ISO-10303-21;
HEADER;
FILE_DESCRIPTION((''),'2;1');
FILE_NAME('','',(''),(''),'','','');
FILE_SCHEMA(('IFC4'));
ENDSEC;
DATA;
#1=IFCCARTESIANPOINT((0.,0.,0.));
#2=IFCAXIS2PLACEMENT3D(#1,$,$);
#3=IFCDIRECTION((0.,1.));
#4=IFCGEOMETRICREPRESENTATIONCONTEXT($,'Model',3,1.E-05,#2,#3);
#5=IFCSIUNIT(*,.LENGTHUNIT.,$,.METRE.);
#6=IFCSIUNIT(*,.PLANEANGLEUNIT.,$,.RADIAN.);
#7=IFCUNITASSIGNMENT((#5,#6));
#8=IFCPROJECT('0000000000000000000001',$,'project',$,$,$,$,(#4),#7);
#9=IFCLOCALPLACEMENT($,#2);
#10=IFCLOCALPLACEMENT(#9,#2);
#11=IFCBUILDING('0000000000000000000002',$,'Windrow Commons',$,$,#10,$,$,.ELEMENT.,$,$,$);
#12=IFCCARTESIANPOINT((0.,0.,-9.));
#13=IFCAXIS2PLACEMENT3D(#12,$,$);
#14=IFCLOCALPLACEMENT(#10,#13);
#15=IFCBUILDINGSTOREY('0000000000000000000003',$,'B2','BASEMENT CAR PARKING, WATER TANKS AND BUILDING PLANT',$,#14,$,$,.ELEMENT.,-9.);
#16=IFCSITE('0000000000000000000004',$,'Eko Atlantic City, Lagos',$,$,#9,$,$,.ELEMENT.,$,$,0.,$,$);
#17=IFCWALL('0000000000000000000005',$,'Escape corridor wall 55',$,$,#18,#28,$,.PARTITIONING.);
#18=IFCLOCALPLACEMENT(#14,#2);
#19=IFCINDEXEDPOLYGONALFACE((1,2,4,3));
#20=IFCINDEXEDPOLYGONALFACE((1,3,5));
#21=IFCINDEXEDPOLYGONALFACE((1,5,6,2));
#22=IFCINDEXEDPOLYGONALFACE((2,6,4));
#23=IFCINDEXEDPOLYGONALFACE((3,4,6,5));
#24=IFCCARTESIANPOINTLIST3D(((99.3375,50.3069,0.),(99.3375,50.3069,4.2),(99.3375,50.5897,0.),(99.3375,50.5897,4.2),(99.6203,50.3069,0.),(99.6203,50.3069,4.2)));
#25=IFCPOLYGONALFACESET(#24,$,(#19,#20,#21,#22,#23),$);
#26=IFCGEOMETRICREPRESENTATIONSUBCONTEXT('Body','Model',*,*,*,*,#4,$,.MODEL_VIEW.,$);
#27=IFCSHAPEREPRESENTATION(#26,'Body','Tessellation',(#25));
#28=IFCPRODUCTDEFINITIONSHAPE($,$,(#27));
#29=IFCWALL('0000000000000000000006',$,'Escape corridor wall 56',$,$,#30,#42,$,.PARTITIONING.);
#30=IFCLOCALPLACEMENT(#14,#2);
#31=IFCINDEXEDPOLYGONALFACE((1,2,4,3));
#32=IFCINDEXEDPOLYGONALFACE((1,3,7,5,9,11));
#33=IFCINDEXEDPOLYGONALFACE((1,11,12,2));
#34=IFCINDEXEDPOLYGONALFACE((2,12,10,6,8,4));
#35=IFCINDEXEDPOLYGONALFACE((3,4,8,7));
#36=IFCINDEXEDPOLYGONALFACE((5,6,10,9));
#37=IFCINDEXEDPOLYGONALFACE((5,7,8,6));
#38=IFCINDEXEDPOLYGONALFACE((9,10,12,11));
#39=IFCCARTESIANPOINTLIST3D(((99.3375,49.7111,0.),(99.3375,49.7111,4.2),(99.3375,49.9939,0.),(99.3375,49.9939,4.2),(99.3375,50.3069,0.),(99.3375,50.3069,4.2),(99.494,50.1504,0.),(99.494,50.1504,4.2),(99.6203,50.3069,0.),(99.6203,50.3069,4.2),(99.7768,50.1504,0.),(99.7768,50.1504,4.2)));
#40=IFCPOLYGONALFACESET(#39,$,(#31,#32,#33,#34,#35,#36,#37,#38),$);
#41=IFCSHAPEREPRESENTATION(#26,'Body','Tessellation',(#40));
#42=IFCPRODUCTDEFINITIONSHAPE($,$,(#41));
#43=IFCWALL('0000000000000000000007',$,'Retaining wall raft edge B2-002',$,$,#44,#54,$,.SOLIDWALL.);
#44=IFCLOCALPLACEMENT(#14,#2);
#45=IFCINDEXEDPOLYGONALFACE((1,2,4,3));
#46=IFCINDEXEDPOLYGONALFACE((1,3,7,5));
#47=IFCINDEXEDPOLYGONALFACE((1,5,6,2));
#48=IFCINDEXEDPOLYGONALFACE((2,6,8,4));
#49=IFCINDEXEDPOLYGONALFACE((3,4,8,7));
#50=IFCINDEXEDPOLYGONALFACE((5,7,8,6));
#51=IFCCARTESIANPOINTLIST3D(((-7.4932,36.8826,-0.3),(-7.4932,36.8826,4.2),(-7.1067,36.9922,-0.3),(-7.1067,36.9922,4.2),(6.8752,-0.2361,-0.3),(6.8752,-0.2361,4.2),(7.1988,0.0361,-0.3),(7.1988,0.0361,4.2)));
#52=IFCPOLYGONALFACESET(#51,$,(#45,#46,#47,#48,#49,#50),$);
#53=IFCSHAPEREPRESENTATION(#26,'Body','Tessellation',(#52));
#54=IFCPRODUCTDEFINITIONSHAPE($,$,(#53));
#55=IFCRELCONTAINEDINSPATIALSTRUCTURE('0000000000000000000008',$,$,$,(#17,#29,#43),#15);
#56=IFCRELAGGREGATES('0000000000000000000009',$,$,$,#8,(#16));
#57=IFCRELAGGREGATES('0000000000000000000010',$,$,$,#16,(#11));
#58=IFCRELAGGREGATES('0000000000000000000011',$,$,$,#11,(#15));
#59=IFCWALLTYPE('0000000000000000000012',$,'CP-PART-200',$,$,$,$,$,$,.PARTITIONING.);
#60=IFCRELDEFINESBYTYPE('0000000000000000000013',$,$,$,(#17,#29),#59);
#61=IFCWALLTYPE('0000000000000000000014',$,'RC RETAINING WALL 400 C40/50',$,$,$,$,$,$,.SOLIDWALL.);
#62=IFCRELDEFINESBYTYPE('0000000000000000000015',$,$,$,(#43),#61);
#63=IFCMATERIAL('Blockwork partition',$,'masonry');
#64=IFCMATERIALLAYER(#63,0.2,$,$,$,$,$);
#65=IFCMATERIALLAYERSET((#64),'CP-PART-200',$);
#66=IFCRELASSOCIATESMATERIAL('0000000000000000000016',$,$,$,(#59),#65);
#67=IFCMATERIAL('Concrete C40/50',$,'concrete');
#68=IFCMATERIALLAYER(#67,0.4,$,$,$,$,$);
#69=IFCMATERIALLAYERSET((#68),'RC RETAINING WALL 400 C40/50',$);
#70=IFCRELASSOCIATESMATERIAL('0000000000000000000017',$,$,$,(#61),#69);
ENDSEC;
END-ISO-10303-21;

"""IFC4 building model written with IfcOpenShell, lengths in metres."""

from ifc_helpers import new_model, si_unit, direction, frame, origin, place, context, subcontext, project, spatial, polyline, outline, extrude, material, layer, layer_set, type_object, element, save


model = new_model("IFC4")

# Units and contexts
model_context = context("Model", 3, precision=1e-05, world=origin(), true_north=direction((0.0, 1.0)))
body_context = subcontext(model_context, "Body", "Model", "MODEL_VIEW")
ifc_project = project(units=[si_unit("LENGTHUNIT", "METRE"), si_unit("PLANEANGLEUNIT", "RADIAN")], contexts=[model_context])

# Site, building, storey
site_placement = place(None, origin())
site = spatial("IfcSite", under=ifc_project, at=site_placement, Name="Eko Atlantic City, Lagos", CompositionType="ELEMENT", RefElevation=0.0)
building_placement = place(site_placement, origin())
building = spatial("IfcBuilding", under=site, at=building_placement, Name="Windrow Commons", CompositionType="ELEMENT")
storey_placement = place(building_placement, frame((0.0, 0.0, -9.0)))
storey = spatial("IfcBuildingStorey", under=building, at=storey_placement, Name="B2", Description="BASEMENT CAR PARKING, WATER TANKS AND BUILDING PLANT", CompositionType="ELEMENT", Elevation=-9.0)

# Walls
ifc_material_1 = material(Name="Blockwork partition", Category="masonry")
ifc_layer_1 = layer(ifc_material_1, 0.2)
ifc_layer_set_1 = layer_set([ifc_layer_1], Name="CP-PART-200")
wall_type_1 = type_object("IfcWallType", Name="CP-PART-200", PredefinedType="PARTITIONING", material=ifc_layer_set_1)
placement = place(storey_placement, origin())
element("IfcWall", 1, at=placement, inside=storey, type_object=wall_type_1, Name="Escape corridor wall 55", PredefinedType="PARTITIONING", context=body_context, shape_type="SweptSolid", body=[
    extrude(outline(polyline([(99.6203, 50.3069), (99.3375, 50.5897), (99.3375, 50.3069), (99.6203, 50.3069)])), origin(), (0.0, 0.0, 1.0), 4.2),
])
element("IfcWall", 2, at=placement, inside=storey, type_object=wall_type_1, Name="Escape corridor wall 56", PredefinedType="PARTITIONING", context=body_context, shape_type="SweptSolid", body=[
    extrude(outline(polyline([(99.3375, 49.9939), (99.3375, 49.7111), (99.7768, 50.1504), (99.6203, 50.3069), (99.3375, 50.3069), (99.494, 50.1504), (99.3375, 49.9939)])), origin(), (0.0, 0.0, 1.0), 4.2),
])
ifc_material_2 = material(Name="Concrete C40/50", Category="concrete")
ifc_layer_2 = layer(ifc_material_2, 0.4)
ifc_layer_set_2 = layer_set([ifc_layer_2], Name="RC RETAINING WALL 400 C40/50")
wall_type_2 = type_object("IfcWallType", Name="RC RETAINING WALL 400 C40/50", PredefinedType="SOLIDWALL", material=ifc_layer_set_2)
wall_1_placement = place(storey_placement, frame((7.037, -0.1, -0.3), z_axis=(0.0, 0.0, 1.0), x_axis=(-0.360993, 0.932569, 0.0)))
element("IfcWall", 3, at=wall_1_placement, inside=storey, type_object=wall_type_2, Name="Retaining wall raft edge B2-002", PredefinedType="SOLIDWALL", context=body_context, shape_type="SweptSolid", body=[
    extrude(outline(polyline([(0.0685, -0.2), (39.6968, -0.2), (39.7341, 0.2), (-0.0685, 0.2), (0.0685, -0.2)])), origin(), (0.0, 0.0, 1.0), 4.5),
])

save(model, "model.ifc")
